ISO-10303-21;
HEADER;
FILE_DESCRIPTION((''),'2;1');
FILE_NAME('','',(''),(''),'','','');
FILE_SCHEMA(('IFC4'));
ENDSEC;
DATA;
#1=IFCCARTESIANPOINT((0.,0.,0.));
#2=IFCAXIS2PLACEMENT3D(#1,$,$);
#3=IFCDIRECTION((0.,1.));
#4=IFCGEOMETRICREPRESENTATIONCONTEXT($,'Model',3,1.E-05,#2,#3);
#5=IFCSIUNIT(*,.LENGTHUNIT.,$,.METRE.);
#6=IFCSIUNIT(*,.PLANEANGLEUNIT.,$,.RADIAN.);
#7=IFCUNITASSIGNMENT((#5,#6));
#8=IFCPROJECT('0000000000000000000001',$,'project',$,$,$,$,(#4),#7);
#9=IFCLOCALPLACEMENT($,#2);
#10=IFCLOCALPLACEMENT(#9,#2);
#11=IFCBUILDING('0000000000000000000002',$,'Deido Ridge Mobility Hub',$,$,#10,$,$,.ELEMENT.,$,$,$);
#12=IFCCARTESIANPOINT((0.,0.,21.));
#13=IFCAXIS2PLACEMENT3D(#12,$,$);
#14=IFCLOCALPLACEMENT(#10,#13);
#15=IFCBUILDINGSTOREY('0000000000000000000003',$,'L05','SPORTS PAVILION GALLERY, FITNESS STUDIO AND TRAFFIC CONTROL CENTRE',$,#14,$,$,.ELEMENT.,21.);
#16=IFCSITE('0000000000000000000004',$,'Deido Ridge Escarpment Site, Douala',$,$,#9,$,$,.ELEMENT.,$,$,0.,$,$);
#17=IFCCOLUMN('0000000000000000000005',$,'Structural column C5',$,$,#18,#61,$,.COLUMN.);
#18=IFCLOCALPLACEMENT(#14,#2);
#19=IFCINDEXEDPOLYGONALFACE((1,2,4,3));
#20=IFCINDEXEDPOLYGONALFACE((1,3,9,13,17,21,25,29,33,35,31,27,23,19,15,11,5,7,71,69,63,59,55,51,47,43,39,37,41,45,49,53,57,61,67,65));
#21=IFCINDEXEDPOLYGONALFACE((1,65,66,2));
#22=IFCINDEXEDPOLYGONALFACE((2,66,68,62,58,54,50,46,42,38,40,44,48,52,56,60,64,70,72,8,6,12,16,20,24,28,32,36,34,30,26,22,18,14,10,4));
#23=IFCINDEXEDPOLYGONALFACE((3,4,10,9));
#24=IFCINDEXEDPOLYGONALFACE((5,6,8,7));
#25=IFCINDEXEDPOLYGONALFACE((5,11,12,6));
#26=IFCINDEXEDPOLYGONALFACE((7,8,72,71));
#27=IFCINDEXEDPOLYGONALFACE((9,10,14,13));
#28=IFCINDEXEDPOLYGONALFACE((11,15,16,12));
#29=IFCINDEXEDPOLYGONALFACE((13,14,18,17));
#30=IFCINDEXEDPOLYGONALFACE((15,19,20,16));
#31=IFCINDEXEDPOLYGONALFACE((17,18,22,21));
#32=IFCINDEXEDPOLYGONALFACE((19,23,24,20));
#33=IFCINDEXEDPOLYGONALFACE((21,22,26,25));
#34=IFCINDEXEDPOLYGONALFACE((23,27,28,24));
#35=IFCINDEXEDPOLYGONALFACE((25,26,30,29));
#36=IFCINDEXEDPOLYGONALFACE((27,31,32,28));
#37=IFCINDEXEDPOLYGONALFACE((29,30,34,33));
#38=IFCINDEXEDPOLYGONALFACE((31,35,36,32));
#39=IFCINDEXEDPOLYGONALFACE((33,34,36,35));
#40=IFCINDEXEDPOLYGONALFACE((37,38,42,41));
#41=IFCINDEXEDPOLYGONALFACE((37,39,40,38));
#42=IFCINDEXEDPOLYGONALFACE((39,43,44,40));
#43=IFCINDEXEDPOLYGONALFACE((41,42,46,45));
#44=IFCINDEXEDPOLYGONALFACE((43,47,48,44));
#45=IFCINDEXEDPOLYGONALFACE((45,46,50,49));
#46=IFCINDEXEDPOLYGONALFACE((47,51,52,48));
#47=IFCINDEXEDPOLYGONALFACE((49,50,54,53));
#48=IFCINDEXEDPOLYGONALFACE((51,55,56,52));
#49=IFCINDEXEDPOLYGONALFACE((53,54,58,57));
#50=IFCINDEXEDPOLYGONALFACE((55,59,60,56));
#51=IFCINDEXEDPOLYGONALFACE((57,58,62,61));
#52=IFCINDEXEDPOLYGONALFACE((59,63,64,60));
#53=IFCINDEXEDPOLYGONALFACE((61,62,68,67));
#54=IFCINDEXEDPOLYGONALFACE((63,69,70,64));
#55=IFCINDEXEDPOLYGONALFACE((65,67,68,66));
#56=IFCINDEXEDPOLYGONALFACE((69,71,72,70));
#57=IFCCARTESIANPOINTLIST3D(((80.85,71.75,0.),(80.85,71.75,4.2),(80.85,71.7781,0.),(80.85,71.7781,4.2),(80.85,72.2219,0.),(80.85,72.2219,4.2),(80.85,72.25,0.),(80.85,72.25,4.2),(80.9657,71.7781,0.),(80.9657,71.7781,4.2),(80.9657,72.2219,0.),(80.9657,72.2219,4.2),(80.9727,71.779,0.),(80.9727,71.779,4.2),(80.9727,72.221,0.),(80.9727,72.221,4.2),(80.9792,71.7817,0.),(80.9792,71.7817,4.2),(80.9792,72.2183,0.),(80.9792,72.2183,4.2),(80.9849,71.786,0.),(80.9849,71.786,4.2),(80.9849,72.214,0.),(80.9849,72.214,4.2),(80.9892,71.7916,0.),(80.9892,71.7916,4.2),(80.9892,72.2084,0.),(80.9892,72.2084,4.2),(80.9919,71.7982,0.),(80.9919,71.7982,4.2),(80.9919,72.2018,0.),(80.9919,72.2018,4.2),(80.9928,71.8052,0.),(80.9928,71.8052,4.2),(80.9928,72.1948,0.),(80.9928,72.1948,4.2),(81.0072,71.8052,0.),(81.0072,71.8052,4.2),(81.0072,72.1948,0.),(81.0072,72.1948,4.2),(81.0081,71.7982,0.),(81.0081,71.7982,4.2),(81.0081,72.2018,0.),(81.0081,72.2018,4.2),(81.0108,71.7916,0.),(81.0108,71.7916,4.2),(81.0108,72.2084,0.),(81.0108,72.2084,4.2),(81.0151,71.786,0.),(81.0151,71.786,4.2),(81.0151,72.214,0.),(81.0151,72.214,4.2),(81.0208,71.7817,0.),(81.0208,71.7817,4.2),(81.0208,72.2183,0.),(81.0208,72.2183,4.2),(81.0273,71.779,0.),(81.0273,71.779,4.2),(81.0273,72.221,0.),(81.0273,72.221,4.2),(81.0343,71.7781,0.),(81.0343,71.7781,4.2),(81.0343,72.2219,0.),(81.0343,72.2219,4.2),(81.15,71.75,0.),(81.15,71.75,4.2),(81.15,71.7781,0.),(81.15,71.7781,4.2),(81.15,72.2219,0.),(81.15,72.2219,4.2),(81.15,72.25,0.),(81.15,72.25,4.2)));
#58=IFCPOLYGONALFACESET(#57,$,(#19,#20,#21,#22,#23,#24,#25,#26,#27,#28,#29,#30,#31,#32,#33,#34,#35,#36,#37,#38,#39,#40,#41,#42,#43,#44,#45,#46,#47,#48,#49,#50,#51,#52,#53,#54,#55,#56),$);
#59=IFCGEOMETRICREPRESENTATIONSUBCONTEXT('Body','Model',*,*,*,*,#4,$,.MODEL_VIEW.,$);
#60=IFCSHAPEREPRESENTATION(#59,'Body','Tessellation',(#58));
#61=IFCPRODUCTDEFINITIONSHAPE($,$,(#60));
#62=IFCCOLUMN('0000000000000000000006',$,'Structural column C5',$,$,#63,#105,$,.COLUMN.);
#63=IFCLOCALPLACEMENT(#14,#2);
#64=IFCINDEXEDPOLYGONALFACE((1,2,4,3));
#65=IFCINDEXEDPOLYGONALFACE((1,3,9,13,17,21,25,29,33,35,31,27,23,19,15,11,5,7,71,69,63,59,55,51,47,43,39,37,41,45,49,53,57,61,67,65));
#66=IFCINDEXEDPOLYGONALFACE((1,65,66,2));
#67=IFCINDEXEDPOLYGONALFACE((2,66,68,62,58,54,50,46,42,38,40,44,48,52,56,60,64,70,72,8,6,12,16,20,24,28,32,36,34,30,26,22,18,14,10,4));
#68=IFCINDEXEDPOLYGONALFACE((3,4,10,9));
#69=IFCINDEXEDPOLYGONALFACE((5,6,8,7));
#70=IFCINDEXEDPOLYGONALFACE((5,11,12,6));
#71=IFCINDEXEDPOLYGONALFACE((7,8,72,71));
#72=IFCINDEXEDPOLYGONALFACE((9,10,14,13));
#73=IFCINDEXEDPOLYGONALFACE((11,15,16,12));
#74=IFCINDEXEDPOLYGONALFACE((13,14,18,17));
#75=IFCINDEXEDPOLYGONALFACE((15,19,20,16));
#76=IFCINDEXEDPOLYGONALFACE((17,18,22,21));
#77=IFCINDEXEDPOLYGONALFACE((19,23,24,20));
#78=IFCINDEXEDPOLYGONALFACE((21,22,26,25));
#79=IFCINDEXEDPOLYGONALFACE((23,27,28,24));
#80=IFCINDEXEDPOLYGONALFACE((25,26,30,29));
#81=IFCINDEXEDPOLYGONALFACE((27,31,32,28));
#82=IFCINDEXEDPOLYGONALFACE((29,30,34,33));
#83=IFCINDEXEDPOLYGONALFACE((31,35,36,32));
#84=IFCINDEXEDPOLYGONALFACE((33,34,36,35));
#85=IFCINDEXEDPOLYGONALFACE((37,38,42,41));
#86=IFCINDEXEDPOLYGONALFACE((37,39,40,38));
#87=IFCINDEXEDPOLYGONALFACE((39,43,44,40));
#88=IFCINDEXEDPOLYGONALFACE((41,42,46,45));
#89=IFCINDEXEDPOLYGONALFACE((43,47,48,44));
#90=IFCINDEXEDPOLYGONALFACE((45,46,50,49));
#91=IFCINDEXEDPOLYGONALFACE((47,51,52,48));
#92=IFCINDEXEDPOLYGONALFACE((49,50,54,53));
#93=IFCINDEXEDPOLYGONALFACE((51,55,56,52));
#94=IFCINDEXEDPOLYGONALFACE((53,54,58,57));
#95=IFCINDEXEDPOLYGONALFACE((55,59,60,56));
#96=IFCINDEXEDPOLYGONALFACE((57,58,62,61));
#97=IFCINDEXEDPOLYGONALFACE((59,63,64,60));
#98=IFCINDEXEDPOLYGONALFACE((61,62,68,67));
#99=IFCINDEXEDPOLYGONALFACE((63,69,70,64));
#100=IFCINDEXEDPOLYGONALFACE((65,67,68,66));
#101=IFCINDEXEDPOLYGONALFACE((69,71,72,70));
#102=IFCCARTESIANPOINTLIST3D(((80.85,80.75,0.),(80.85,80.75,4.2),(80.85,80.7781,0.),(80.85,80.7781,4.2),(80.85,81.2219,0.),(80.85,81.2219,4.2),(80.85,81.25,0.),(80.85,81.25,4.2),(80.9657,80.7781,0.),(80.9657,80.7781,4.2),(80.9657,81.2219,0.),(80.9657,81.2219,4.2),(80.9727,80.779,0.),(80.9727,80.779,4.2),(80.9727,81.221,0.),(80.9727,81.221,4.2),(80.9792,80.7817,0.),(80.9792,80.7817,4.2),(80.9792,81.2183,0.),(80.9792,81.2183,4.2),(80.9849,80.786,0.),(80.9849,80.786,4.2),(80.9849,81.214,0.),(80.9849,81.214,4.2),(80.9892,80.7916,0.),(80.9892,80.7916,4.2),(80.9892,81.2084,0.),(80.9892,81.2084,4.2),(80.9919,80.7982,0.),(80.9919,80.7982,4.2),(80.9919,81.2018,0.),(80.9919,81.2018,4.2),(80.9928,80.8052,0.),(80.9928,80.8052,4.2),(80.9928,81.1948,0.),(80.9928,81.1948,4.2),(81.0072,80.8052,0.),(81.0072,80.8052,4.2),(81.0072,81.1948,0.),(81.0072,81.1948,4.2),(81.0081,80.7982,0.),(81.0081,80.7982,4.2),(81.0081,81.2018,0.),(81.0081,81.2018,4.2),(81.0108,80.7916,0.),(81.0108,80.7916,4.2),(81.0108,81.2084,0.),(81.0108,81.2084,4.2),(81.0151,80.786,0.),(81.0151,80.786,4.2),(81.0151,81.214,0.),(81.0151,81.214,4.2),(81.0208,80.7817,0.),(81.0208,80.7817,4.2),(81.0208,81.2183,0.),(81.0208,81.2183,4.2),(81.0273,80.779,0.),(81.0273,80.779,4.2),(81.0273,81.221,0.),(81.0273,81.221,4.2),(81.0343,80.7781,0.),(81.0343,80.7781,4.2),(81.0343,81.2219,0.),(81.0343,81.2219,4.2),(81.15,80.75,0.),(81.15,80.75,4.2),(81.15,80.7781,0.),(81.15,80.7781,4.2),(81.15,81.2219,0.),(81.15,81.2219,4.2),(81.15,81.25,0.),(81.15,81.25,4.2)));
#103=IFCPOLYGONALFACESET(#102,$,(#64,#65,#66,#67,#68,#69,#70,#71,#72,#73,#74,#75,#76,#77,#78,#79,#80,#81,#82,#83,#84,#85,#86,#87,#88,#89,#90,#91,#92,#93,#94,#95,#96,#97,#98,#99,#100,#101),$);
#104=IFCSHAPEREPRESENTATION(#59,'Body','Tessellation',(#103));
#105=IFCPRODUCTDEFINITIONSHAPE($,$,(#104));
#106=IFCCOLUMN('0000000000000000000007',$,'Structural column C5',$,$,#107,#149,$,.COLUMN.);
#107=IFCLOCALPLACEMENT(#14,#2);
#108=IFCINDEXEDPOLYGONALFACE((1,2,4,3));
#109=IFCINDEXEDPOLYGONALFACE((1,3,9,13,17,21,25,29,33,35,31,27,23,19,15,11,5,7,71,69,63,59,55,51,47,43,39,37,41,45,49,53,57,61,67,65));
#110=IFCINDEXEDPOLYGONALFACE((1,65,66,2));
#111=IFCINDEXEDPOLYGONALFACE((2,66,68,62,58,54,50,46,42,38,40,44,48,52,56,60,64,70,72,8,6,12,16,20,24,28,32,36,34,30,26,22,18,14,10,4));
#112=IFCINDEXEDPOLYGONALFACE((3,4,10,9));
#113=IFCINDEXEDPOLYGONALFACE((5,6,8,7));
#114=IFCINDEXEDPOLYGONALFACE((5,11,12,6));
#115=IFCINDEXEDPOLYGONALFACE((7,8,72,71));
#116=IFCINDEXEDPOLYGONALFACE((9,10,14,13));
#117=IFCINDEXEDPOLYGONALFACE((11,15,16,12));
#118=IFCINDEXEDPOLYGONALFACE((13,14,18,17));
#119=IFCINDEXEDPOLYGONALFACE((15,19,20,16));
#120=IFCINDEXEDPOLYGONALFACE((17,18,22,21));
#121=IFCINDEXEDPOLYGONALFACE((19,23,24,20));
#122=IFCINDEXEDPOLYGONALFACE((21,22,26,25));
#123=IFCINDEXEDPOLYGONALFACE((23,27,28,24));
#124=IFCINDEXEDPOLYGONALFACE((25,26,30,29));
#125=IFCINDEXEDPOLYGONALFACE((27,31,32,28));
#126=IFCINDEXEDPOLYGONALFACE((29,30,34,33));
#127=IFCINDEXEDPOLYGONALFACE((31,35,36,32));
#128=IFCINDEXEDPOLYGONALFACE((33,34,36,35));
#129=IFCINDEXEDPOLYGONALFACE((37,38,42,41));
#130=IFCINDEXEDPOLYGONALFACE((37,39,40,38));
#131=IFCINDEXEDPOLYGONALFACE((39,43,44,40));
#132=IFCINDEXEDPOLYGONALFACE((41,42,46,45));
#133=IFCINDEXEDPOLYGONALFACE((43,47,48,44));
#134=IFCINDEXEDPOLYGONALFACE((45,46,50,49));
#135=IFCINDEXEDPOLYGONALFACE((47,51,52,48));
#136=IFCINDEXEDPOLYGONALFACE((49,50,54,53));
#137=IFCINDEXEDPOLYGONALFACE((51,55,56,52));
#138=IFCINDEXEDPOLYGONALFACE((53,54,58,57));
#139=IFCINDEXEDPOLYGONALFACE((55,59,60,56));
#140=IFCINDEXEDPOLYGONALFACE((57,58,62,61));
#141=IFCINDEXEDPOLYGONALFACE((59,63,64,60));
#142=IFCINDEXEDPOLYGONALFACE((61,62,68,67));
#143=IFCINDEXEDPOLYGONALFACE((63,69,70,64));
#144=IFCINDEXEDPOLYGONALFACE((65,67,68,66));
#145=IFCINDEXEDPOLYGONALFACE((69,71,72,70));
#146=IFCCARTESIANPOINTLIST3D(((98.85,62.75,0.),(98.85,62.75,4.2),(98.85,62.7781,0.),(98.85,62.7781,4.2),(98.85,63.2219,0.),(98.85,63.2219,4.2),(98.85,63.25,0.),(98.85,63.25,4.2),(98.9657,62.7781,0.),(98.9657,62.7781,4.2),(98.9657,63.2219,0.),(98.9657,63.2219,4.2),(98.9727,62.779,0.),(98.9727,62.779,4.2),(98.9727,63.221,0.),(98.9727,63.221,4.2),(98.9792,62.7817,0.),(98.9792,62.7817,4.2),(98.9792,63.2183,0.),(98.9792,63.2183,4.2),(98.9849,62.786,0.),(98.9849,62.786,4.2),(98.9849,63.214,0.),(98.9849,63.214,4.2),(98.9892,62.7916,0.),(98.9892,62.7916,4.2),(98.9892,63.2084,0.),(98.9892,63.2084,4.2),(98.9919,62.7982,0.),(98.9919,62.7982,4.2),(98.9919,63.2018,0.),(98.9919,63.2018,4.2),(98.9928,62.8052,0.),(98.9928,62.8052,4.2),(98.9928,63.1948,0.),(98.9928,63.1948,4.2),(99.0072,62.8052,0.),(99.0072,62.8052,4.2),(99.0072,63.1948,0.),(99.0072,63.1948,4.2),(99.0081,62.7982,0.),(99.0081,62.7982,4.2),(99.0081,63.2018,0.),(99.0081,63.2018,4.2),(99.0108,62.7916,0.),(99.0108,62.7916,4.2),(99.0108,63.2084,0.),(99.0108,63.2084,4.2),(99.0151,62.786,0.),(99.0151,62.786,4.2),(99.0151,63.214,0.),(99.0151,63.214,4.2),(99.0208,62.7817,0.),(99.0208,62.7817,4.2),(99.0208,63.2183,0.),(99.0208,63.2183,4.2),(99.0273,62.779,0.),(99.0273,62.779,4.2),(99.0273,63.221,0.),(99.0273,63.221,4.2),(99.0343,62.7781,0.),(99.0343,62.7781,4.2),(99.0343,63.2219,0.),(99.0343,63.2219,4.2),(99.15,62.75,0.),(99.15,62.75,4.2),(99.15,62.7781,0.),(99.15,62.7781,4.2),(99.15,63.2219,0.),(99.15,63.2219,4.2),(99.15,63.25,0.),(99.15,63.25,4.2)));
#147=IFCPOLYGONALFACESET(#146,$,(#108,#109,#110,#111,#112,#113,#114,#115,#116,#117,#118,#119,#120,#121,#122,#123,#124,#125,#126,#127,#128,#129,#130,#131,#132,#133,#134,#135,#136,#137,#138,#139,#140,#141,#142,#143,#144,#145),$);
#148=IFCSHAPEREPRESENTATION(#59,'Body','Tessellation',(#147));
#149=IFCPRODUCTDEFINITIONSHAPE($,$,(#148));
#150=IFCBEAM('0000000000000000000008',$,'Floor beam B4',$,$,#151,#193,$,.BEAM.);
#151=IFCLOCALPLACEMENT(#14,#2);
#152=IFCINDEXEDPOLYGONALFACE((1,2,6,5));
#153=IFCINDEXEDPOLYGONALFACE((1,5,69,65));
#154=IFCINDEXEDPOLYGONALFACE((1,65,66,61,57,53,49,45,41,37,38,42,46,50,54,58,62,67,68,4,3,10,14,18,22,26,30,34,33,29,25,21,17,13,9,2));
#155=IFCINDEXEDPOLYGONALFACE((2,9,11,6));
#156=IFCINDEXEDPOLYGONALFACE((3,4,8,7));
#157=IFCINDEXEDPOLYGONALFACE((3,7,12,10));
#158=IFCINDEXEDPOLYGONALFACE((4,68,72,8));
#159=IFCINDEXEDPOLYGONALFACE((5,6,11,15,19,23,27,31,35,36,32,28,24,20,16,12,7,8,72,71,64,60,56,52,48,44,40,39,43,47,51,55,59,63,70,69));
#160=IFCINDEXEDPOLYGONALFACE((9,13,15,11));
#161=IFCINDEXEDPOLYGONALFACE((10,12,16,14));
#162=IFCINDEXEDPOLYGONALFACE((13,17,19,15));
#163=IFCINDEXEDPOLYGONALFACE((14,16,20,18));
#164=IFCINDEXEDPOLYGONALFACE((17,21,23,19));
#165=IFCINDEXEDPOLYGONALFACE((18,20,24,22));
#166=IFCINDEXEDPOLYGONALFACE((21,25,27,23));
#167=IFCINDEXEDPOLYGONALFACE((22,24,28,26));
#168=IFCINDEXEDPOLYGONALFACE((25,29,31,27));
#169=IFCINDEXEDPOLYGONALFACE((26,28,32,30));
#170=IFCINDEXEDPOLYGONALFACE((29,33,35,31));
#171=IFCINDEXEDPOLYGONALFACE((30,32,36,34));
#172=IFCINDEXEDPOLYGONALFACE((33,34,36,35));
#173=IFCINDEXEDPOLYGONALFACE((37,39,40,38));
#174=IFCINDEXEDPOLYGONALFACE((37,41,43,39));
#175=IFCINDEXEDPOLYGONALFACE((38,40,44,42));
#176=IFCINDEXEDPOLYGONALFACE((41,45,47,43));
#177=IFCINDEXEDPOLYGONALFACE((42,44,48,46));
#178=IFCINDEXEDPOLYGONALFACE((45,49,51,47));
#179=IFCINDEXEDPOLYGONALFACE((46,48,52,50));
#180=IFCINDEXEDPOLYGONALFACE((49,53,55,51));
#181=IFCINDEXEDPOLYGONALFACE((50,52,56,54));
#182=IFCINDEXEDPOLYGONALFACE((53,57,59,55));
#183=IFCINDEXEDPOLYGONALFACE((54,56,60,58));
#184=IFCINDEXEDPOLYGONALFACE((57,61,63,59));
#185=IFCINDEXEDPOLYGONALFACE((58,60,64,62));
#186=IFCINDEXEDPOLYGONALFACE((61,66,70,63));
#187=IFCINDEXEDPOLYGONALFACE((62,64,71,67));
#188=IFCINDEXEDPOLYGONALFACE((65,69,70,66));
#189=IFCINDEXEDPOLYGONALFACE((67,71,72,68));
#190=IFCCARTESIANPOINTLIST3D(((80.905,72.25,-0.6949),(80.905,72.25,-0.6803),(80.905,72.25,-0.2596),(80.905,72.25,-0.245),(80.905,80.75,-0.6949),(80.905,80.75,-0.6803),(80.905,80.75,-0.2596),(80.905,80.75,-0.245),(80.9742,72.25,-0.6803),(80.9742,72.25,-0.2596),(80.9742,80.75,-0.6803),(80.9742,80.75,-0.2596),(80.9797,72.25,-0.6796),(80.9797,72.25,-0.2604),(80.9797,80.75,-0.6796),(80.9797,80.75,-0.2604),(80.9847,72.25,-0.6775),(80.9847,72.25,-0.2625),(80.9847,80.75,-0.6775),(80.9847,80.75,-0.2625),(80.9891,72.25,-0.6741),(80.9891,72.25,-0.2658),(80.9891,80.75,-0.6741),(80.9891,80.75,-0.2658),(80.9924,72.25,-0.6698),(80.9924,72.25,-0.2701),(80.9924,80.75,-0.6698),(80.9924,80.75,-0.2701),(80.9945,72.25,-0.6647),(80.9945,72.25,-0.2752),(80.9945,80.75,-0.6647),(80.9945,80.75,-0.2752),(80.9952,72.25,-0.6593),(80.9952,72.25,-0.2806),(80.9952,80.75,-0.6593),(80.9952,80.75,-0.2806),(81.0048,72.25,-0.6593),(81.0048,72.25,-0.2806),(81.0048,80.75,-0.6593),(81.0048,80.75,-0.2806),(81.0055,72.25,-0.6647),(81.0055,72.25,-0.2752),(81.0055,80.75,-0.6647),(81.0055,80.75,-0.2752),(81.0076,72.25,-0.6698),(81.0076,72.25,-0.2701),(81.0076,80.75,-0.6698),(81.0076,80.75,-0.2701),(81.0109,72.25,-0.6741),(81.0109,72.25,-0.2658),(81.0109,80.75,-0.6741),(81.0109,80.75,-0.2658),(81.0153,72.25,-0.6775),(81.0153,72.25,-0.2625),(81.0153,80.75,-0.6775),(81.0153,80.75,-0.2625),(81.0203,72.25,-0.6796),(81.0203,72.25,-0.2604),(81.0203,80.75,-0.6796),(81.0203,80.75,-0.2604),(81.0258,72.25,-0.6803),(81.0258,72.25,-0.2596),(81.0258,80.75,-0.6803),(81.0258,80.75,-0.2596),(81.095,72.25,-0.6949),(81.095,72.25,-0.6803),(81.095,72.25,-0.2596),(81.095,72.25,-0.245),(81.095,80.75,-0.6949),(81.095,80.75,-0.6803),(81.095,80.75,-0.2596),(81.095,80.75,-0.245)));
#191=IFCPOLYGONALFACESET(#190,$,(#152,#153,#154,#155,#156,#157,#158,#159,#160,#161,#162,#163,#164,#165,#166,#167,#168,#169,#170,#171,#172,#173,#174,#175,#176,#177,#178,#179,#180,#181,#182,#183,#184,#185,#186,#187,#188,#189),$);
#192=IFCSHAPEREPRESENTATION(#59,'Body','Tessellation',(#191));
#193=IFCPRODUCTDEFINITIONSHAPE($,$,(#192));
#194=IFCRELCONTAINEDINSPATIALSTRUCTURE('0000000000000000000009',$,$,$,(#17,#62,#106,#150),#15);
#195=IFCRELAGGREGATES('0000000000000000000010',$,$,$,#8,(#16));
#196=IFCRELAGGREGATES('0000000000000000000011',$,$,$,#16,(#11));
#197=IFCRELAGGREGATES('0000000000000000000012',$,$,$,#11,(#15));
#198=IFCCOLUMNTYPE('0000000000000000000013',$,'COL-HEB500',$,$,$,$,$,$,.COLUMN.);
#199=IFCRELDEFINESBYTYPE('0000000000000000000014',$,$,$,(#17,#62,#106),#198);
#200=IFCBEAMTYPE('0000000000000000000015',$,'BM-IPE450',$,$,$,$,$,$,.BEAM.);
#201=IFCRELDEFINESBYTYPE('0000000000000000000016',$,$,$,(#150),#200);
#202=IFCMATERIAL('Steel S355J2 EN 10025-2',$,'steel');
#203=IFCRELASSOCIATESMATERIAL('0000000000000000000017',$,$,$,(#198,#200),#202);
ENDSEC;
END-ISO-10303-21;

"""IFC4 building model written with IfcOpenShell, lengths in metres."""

from ifc_helpers import new_model, si_unit, direction, frame, origin, origin_2d, place, context, subcontext, project, spatial, i_section, extrude, material, material_profile, profile_set, type_object, element, save


model = new_model("IFC4")

# Units and contexts
model_context = context("Model", 3, precision=1e-05, world=origin(), true_north=direction((0.0, 1.0)))
body_context = subcontext(model_context, "Body", "Model", "MODEL_VIEW")
ifc_project = project(units=[si_unit("LENGTHUNIT", "METRE"), si_unit("PLANEANGLEUNIT", "RADIAN")], contexts=[model_context])

# Site, building, storey
site_placement = place(None, origin())
site = spatial("IfcSite", under=ifc_project, at=site_placement, Name="Deido Ridge Escarpment Site, Douala", CompositionType="ELEMENT", RefElevation=0.0)
building_placement = place(site_placement, origin())
building = spatial("IfcBuilding", under=site, at=building_placement, Name="Deido Ridge Mobility Hub", CompositionType="ELEMENT")
storey_placement = place(building_placement, frame((0.0, 0.0, 21.0)))
storey = spatial("IfcBuildingStorey", under=building, at=storey_placement, Name="L05", Description="SPORTS PAVILION GALLERY, FITNESS STUDIO AND TRAFFIC CONTROL CENTRE", CompositionType="ELEMENT", Elevation=21.0)

# Columns
ifc_material_1 = material(Name="Steel S355J2 EN 10025-2", Category="steel")
ifc_material_profile_1 = material_profile(ifc_material_1, i_section(OverallWidth=0.3, OverallDepth=0.5, WebThickness=0.0144, FlangeThickness=0.0281, FilletRadius=0.0271, at=origin_2d()), Name="HEB 500")
ifc_profile_set_1 = profile_set([ifc_material_profile_1], Name="Steel S355J2 EN 10025-2")
column_type = type_object("IfcColumnType", Name="COL-HEB500", PredefinedType="COLUMN", material=ifc_profile_set_1)
for number, where, z_axis, x_axis, name in (
    (1, (81.0, 72.0, 0.0), (0.0, 0.0, 1.0), (1.0, 0.0, 0.0), "Structural column C5"),
    (2, (81.0, 81.0, 0.0), (0.0, 0.0, 1.0), (1.0, 0.0, 0.0), "Structural column C5"),
    (3, (99.0, 63.0, 0.0), (0.0, 0.0, 1.0), (1.0, 0.0, 0.0), "Structural column C5"),
):
    element("IfcColumn", number, at=place(storey_placement, frame(where, z_axis=z_axis, x_axis=x_axis)), inside=storey, type_object=column_type, Name=name, PredefinedType="COLUMN", context=body_context, shape_type="SweptSolid", body=[
        extrude(i_section(OverallWidth=0.3, OverallDepth=0.5, WebThickness=0.0144, FlangeThickness=0.0281, FilletRadius=0.0271, at=origin_2d()), origin(), (0.0, 0.0, 1.0), 4.2),
    ])

# Beam
ifc_material_profile_2 = material_profile(ifc_material_1, i_section(OverallWidth=0.1899, OverallDepth=0.45, WebThickness=0.0095, FlangeThickness=0.0146, FilletRadius=0.021, at=origin_2d()), Name="IPE 450")
ifc_profile_set_2 = profile_set([ifc_material_profile_2], Name="Steel S355J2 EN 10025-2")
beam_type_1 = type_object("IfcBeamType", Name="BM-IPE450", PredefinedType="BEAM", material=ifc_profile_set_2)
beam_1_placement = place(storey_placement, frame((81.0, 72.25, -0.47), z_axis=(0.0, 1.0, 0.0), x_axis=(-1.0, 0.0, 0.0)))
element("IfcBeam", 4, at=beam_1_placement, inside=storey, type_object=beam_type_1, Name="Floor beam B4", PredefinedType="BEAM", context=body_context, shape_type="SweptSolid", body=[
    extrude(i_section(OverallWidth=0.1899, OverallDepth=0.45, WebThickness=0.0095, FlangeThickness=0.0146, FilletRadius=0.021, at=origin_2d()), origin(), (0.0, 0.0, 1.0), 8.5),
])

save(model, "model.ifc")
